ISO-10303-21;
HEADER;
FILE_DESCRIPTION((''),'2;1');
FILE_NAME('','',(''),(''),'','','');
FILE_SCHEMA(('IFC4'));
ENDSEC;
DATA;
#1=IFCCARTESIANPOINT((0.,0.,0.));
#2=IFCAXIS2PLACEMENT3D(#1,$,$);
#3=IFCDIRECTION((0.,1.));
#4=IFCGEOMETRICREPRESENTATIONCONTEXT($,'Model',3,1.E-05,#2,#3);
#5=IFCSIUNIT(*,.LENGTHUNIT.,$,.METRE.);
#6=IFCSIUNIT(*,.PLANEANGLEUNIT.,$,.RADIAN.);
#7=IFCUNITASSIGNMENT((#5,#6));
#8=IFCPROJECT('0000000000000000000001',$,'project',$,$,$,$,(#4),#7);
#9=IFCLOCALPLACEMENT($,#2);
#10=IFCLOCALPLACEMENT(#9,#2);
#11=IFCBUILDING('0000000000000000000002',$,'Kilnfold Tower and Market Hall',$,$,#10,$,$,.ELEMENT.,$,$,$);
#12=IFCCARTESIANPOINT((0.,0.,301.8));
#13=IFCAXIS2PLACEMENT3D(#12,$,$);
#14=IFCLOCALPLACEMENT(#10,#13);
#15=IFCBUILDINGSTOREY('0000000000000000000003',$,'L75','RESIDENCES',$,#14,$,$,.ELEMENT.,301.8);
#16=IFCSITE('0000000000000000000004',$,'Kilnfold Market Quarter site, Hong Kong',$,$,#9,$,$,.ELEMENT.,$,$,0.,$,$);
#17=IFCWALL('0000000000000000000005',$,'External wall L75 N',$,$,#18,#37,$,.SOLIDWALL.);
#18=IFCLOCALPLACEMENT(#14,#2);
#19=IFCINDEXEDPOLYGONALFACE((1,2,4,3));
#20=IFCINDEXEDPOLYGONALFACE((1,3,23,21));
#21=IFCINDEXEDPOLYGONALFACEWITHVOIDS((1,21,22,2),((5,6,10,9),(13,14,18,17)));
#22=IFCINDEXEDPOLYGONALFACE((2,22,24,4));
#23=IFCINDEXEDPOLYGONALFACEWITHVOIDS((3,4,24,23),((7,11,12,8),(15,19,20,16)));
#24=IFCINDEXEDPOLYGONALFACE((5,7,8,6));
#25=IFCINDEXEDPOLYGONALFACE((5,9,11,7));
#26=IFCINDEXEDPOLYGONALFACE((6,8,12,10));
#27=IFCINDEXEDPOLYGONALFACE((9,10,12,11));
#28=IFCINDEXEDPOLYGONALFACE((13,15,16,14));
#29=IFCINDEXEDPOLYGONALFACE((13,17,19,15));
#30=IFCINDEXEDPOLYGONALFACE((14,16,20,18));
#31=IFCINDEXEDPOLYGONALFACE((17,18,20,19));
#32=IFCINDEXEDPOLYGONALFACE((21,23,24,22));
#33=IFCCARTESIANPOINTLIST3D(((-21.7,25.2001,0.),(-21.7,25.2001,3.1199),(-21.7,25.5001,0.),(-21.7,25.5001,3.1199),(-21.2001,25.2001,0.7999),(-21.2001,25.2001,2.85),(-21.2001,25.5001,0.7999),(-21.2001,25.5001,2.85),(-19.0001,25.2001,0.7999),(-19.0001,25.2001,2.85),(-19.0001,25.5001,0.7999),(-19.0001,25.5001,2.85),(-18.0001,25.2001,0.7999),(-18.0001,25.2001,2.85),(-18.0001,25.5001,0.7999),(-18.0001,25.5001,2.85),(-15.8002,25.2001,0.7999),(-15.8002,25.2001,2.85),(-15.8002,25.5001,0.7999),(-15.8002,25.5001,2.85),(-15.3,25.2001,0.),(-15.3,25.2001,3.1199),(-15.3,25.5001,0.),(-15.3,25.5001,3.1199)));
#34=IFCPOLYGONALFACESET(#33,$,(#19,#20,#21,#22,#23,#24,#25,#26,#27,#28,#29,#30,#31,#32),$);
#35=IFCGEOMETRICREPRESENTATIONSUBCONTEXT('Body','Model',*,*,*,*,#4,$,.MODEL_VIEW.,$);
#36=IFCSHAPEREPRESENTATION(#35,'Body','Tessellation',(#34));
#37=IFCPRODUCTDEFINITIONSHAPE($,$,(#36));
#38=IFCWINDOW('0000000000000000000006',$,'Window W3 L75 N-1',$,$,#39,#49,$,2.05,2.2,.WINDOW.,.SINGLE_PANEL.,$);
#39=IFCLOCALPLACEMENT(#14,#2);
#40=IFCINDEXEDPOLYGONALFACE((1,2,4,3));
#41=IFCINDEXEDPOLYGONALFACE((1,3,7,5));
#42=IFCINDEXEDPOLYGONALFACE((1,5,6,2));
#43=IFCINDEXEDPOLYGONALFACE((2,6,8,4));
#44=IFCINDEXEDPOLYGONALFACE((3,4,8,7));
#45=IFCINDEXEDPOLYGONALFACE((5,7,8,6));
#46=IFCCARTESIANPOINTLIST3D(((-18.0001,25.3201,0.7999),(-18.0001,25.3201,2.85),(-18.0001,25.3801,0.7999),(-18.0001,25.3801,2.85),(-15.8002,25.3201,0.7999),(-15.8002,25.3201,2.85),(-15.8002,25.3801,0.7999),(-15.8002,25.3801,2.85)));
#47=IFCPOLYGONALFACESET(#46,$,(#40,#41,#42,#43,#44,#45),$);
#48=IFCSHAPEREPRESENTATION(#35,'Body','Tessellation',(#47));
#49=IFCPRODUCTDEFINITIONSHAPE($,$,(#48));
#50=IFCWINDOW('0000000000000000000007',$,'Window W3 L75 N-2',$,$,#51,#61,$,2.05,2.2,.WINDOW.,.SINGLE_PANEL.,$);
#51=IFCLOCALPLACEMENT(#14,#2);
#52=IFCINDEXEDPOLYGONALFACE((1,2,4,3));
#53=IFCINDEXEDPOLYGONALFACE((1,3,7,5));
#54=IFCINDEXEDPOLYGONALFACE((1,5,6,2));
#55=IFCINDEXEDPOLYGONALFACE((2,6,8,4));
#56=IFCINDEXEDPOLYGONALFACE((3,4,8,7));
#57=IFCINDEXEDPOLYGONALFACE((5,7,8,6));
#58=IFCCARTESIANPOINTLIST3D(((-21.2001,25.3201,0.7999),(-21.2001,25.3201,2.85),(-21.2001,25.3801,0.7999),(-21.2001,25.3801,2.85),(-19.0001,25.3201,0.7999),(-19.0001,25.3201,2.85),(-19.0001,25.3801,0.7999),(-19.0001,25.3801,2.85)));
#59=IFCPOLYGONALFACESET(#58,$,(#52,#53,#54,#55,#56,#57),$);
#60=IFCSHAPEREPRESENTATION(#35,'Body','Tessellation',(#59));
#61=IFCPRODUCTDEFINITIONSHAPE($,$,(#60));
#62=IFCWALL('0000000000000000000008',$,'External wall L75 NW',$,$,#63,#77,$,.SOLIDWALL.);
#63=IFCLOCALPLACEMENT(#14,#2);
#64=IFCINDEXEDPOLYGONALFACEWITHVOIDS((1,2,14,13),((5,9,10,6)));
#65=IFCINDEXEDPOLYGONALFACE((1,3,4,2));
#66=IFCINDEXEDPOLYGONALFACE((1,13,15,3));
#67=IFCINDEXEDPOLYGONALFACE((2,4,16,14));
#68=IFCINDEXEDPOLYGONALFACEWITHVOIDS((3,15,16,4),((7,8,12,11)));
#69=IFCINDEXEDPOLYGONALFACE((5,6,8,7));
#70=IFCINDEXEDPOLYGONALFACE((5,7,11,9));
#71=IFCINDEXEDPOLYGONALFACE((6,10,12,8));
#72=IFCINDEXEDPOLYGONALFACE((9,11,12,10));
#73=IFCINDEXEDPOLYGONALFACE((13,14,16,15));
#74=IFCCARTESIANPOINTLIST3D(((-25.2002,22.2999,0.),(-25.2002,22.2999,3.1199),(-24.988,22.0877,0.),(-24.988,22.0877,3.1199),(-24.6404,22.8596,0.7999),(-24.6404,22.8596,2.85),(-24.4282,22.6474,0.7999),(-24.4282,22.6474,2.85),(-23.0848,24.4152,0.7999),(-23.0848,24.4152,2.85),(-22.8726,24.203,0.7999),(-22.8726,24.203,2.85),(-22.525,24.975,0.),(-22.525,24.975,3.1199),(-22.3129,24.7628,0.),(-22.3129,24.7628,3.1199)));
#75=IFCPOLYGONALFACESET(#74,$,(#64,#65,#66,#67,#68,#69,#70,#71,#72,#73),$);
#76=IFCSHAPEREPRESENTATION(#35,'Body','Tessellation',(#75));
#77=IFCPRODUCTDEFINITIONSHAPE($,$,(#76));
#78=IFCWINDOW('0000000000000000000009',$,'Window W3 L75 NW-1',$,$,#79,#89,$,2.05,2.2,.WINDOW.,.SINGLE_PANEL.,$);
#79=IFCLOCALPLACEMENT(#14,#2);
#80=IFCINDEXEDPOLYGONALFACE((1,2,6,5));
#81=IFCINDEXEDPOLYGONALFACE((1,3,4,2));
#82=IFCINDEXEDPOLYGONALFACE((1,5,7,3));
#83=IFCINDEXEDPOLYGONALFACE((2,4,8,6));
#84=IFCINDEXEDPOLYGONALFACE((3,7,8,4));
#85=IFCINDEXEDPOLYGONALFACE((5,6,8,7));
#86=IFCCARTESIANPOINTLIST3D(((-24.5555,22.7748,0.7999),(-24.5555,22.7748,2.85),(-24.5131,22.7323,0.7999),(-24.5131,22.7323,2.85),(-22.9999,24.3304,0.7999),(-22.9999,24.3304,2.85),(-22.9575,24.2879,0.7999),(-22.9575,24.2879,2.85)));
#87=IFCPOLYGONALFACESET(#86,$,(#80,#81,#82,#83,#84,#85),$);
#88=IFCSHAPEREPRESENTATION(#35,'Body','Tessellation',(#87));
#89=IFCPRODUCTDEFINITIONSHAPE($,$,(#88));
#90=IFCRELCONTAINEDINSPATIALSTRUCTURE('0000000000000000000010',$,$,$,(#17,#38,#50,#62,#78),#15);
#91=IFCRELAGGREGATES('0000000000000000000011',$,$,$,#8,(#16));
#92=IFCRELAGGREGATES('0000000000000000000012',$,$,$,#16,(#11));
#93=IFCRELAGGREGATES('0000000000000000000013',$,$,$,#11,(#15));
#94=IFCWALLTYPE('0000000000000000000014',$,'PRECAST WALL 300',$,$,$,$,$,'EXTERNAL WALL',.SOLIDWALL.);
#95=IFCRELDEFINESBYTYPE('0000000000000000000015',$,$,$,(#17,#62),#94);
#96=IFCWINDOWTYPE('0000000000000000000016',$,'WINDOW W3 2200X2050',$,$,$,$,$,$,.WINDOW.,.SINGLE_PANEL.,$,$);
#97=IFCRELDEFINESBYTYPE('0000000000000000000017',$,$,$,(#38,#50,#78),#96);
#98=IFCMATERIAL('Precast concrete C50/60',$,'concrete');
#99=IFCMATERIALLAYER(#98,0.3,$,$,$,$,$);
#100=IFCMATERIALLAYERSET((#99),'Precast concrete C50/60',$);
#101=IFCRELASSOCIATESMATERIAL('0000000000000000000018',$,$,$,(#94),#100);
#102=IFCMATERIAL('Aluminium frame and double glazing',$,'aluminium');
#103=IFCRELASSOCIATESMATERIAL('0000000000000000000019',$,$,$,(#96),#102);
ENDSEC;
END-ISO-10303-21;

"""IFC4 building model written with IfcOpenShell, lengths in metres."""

from ifc_helpers import new_model, si_unit, direction, frame, frame_2d, origin, place, context, subcontext, project, spatial, rectangle, extrude, source, transform, mapped, material, layer, layer_set, type_object, element, fill, save


model = new_model("IFC4")

# Units and contexts
model_context = context("Model", 3, precision=1e-05, world=origin(), true_north=direction((0.0, 1.0)))
body_context = subcontext(model_context, "Body", "Model", "MODEL_VIEW")
ifc_project = project(units=[si_unit("LENGTHUNIT", "METRE"), si_unit("PLANEANGLEUNIT", "RADIAN")], contexts=[model_context])

# Site, building, storey
site_placement = place(None, origin())
site = spatial("IfcSite", under=ifc_project, at=site_placement, Name="Kilnfold Market Quarter site, Hong Kong", CompositionType="ELEMENT", RefElevation=0.0)
building_placement = place(site_placement, origin())
building = spatial("IfcBuilding", under=site, at=building_placement, Name="Kilnfold Tower and Market Hall", CompositionType="ELEMENT")
storey_placement = place(building_placement, frame((0.0, 0.0, 301.8)))
storey = spatial("IfcBuildingStorey", under=building, at=storey_placement, Name="L75", Description="RESIDENCES", CompositionType="ELEMENT", Elevation=301.8)

# Wall, openings, windows
ifc_material_1 = material(Name="Precast concrete C50/60", Category="concrete")
ifc_layer_1 = layer(ifc_material_1, 0.3)
ifc_layer_set_1 = layer_set([ifc_layer_1], Name="Precast concrete C50/60")
wall_type_1 = type_object("IfcWallType", Name="PRECAST WALL 300", ElementType="EXTERNAL WALL", PredefinedType="SOLIDWALL", material=ifc_layer_set_1)
shared_shape_1 = source(origin(), body_context, "Body", "SweptSolid", [
    extrude(rectangle(XDim=6.3999, YDim=0.3, at=frame_2d((3.2, 0.0))), origin(), (0.0, 0.0, 1.0), 3.1199),
])
wall_1_placement = place(storey_placement, frame((-15.3, 25.3501, 0.0), z_axis=(0.0, 0.0, 1.0), x_axis=(-1.0, 0.0, 0.0)))
wall_1 = element("IfcWall", 1, at=wall_1_placement, inside=storey, type_object=wall_type_1, Name="External wall L75 N", PredefinedType="SOLIDWALL", context=body_context, shape_type="MappedRepresentation", body=[
    mapped(shared_shape_1, transform((0.0, 0.0, 0.0))),
])
opening_1_placement = place(wall_1_placement, frame((0.5, 0.0, 0.8)))
opening_1 = element("IfcOpeningElement", 2, at=opening_1_placement, cuts=wall_1, PredefinedType="OPENING", context=body_context, shape_type="SweptSolid", body=[
    extrude(rectangle(XDim=2.2, YDim=2.05, at=frame_2d((1.1001, 1.0249))), frame((0.0, 0.1602, 0.0), z_axis=(0.0, -1.0, 0.0), x_axis=(1.0, 0.0, 0.0)), (0.0, 0.0, 1.0), 0.3201),
])
opening_2_placement = place(wall_1_placement, frame((3.7, 0.0, 0.8)))
opening_2 = element("IfcOpeningElement", 3, at=opening_2_placement, cuts=wall_1, PredefinedType="OPENING", context=body_context, shape_type="SweptSolid", body=[
    extrude(rectangle(XDim=2.2, YDim=2.05, at=frame_2d((1.1001, 1.0249))), frame((0.0, 0.1602, 0.0), z_axis=(0.0, -1.0, 0.0), x_axis=(1.0, 0.0, 0.0)), (0.0, 0.0, 1.0), 0.3201),
])
ifc_material_2 = material(Name="Aluminium frame and double glazing", Category="aluminium")
window_type = type_object("IfcWindowType", Name="WINDOW W3 2200X2050", PartitioningType="SINGLE_PANEL", PredefinedType="WINDOW", material=ifc_material_2)
window_1_placement = place(opening_1_placement, origin())
window_1 = element("IfcWindow", 4, at=window_1_placement, inside=storey, type_object=window_type, Name="Window W3 L75 N-1", OverallHeight=2.05, OverallWidth=2.2, PartitioningType="SINGLE_PANEL", PredefinedType="WINDOW", context=body_context, shape_type="SweptSolid", body=[
    extrude(rectangle(XDim=2.2, YDim=2.05, at=frame_2d((1.1001, 1.0249))), frame((0.0, 0.03, 0.0), z_axis=(0.0, -1.0, 0.0), x_axis=(1.0, 0.0, 0.0)), (0.0, 0.0, 1.0), 0.0601),
])
fill(opening_1, window_1)
window_2_placement = place(opening_2_placement, origin())
window_2 = element("IfcWindow", 5, at=window_2_placement, inside=storey, type_object=window_type, Name="Window W3 L75 N-2", OverallHeight=2.05, OverallWidth=2.2, PartitioningType="SINGLE_PANEL", PredefinedType="WINDOW", context=body_context, shape_type="SweptSolid", body=[
    extrude(rectangle(XDim=2.2, YDim=2.05, at=frame_2d((1.1001, 1.0249))), frame((0.0, 0.03, 0.0), z_axis=(0.0, -1.0, 0.0), x_axis=(1.0, 0.0, 0.0)), (0.0, 0.0, 1.0), 0.0601),
])
fill(opening_2, window_2)

# Wall, opening, window
shared_shape_2 = source(origin(), body_context, "Body", "SweptSolid", [
    extrude(rectangle(XDim=3.7832, YDim=0.3, at=frame_2d((1.8916, 0.0))), origin(), (0.0, 0.0, 1.0), 3.1199),
])
wall_2_placement = place(storey_placement, frame((-22.4189, 24.8689, 0.0), z_axis=(0.0, 0.0, 1.0), x_axis=(-0.707107, -0.707107, 0.0)))
wall_2 = element("IfcWall", 6, at=wall_2_placement, inside=storey, type_object=wall_type_1, Name="External wall L75 NW", PredefinedType="SOLIDWALL", context=body_context, shape_type="MappedRepresentation", body=[
    mapped(shared_shape_2, transform((0.0, 0.0, 0.0))),
])
opening_3_placement = place(wall_2_placement, frame((0.7915, 0.0, 0.8)))
opening_3 = element("IfcOpeningElement", 7, at=opening_3_placement, cuts=wall_2, PredefinedType="OPENING", context=body_context, shape_type="SweptSolid", body=[
    extrude(rectangle(XDim=2.2, YDim=2.05, at=frame_2d((1.1001, 1.0249))), frame((0.0, 0.1602, 0.0), z_axis=(0.0, -1.0, 0.0), x_axis=(1.0, 0.0, 0.0)), (0.0, 0.0, 1.0), 0.3201),
])
window_3_placement = place(opening_3_placement, origin())
window_3 = element("IfcWindow", 8, at=window_3_placement, inside=storey, type_object=window_type, Name="Window W3 L75 NW-1", OverallHeight=2.05, OverallWidth=2.2, PartitioningType="SINGLE_PANEL", PredefinedType="WINDOW", context=body_context, shape_type="SweptSolid", body=[
    extrude(rectangle(XDim=2.2, YDim=2.05, at=frame_2d((1.1001, 1.0249))), frame((0.0, 0.03, 0.0), z_axis=(0.0, -1.0, 0.0), x_axis=(1.0, 0.0, 0.0)), (0.0, 0.0, 1.0), 0.0601),
])
fill(opening_3, window_3)

save(model, "model.ifc")
